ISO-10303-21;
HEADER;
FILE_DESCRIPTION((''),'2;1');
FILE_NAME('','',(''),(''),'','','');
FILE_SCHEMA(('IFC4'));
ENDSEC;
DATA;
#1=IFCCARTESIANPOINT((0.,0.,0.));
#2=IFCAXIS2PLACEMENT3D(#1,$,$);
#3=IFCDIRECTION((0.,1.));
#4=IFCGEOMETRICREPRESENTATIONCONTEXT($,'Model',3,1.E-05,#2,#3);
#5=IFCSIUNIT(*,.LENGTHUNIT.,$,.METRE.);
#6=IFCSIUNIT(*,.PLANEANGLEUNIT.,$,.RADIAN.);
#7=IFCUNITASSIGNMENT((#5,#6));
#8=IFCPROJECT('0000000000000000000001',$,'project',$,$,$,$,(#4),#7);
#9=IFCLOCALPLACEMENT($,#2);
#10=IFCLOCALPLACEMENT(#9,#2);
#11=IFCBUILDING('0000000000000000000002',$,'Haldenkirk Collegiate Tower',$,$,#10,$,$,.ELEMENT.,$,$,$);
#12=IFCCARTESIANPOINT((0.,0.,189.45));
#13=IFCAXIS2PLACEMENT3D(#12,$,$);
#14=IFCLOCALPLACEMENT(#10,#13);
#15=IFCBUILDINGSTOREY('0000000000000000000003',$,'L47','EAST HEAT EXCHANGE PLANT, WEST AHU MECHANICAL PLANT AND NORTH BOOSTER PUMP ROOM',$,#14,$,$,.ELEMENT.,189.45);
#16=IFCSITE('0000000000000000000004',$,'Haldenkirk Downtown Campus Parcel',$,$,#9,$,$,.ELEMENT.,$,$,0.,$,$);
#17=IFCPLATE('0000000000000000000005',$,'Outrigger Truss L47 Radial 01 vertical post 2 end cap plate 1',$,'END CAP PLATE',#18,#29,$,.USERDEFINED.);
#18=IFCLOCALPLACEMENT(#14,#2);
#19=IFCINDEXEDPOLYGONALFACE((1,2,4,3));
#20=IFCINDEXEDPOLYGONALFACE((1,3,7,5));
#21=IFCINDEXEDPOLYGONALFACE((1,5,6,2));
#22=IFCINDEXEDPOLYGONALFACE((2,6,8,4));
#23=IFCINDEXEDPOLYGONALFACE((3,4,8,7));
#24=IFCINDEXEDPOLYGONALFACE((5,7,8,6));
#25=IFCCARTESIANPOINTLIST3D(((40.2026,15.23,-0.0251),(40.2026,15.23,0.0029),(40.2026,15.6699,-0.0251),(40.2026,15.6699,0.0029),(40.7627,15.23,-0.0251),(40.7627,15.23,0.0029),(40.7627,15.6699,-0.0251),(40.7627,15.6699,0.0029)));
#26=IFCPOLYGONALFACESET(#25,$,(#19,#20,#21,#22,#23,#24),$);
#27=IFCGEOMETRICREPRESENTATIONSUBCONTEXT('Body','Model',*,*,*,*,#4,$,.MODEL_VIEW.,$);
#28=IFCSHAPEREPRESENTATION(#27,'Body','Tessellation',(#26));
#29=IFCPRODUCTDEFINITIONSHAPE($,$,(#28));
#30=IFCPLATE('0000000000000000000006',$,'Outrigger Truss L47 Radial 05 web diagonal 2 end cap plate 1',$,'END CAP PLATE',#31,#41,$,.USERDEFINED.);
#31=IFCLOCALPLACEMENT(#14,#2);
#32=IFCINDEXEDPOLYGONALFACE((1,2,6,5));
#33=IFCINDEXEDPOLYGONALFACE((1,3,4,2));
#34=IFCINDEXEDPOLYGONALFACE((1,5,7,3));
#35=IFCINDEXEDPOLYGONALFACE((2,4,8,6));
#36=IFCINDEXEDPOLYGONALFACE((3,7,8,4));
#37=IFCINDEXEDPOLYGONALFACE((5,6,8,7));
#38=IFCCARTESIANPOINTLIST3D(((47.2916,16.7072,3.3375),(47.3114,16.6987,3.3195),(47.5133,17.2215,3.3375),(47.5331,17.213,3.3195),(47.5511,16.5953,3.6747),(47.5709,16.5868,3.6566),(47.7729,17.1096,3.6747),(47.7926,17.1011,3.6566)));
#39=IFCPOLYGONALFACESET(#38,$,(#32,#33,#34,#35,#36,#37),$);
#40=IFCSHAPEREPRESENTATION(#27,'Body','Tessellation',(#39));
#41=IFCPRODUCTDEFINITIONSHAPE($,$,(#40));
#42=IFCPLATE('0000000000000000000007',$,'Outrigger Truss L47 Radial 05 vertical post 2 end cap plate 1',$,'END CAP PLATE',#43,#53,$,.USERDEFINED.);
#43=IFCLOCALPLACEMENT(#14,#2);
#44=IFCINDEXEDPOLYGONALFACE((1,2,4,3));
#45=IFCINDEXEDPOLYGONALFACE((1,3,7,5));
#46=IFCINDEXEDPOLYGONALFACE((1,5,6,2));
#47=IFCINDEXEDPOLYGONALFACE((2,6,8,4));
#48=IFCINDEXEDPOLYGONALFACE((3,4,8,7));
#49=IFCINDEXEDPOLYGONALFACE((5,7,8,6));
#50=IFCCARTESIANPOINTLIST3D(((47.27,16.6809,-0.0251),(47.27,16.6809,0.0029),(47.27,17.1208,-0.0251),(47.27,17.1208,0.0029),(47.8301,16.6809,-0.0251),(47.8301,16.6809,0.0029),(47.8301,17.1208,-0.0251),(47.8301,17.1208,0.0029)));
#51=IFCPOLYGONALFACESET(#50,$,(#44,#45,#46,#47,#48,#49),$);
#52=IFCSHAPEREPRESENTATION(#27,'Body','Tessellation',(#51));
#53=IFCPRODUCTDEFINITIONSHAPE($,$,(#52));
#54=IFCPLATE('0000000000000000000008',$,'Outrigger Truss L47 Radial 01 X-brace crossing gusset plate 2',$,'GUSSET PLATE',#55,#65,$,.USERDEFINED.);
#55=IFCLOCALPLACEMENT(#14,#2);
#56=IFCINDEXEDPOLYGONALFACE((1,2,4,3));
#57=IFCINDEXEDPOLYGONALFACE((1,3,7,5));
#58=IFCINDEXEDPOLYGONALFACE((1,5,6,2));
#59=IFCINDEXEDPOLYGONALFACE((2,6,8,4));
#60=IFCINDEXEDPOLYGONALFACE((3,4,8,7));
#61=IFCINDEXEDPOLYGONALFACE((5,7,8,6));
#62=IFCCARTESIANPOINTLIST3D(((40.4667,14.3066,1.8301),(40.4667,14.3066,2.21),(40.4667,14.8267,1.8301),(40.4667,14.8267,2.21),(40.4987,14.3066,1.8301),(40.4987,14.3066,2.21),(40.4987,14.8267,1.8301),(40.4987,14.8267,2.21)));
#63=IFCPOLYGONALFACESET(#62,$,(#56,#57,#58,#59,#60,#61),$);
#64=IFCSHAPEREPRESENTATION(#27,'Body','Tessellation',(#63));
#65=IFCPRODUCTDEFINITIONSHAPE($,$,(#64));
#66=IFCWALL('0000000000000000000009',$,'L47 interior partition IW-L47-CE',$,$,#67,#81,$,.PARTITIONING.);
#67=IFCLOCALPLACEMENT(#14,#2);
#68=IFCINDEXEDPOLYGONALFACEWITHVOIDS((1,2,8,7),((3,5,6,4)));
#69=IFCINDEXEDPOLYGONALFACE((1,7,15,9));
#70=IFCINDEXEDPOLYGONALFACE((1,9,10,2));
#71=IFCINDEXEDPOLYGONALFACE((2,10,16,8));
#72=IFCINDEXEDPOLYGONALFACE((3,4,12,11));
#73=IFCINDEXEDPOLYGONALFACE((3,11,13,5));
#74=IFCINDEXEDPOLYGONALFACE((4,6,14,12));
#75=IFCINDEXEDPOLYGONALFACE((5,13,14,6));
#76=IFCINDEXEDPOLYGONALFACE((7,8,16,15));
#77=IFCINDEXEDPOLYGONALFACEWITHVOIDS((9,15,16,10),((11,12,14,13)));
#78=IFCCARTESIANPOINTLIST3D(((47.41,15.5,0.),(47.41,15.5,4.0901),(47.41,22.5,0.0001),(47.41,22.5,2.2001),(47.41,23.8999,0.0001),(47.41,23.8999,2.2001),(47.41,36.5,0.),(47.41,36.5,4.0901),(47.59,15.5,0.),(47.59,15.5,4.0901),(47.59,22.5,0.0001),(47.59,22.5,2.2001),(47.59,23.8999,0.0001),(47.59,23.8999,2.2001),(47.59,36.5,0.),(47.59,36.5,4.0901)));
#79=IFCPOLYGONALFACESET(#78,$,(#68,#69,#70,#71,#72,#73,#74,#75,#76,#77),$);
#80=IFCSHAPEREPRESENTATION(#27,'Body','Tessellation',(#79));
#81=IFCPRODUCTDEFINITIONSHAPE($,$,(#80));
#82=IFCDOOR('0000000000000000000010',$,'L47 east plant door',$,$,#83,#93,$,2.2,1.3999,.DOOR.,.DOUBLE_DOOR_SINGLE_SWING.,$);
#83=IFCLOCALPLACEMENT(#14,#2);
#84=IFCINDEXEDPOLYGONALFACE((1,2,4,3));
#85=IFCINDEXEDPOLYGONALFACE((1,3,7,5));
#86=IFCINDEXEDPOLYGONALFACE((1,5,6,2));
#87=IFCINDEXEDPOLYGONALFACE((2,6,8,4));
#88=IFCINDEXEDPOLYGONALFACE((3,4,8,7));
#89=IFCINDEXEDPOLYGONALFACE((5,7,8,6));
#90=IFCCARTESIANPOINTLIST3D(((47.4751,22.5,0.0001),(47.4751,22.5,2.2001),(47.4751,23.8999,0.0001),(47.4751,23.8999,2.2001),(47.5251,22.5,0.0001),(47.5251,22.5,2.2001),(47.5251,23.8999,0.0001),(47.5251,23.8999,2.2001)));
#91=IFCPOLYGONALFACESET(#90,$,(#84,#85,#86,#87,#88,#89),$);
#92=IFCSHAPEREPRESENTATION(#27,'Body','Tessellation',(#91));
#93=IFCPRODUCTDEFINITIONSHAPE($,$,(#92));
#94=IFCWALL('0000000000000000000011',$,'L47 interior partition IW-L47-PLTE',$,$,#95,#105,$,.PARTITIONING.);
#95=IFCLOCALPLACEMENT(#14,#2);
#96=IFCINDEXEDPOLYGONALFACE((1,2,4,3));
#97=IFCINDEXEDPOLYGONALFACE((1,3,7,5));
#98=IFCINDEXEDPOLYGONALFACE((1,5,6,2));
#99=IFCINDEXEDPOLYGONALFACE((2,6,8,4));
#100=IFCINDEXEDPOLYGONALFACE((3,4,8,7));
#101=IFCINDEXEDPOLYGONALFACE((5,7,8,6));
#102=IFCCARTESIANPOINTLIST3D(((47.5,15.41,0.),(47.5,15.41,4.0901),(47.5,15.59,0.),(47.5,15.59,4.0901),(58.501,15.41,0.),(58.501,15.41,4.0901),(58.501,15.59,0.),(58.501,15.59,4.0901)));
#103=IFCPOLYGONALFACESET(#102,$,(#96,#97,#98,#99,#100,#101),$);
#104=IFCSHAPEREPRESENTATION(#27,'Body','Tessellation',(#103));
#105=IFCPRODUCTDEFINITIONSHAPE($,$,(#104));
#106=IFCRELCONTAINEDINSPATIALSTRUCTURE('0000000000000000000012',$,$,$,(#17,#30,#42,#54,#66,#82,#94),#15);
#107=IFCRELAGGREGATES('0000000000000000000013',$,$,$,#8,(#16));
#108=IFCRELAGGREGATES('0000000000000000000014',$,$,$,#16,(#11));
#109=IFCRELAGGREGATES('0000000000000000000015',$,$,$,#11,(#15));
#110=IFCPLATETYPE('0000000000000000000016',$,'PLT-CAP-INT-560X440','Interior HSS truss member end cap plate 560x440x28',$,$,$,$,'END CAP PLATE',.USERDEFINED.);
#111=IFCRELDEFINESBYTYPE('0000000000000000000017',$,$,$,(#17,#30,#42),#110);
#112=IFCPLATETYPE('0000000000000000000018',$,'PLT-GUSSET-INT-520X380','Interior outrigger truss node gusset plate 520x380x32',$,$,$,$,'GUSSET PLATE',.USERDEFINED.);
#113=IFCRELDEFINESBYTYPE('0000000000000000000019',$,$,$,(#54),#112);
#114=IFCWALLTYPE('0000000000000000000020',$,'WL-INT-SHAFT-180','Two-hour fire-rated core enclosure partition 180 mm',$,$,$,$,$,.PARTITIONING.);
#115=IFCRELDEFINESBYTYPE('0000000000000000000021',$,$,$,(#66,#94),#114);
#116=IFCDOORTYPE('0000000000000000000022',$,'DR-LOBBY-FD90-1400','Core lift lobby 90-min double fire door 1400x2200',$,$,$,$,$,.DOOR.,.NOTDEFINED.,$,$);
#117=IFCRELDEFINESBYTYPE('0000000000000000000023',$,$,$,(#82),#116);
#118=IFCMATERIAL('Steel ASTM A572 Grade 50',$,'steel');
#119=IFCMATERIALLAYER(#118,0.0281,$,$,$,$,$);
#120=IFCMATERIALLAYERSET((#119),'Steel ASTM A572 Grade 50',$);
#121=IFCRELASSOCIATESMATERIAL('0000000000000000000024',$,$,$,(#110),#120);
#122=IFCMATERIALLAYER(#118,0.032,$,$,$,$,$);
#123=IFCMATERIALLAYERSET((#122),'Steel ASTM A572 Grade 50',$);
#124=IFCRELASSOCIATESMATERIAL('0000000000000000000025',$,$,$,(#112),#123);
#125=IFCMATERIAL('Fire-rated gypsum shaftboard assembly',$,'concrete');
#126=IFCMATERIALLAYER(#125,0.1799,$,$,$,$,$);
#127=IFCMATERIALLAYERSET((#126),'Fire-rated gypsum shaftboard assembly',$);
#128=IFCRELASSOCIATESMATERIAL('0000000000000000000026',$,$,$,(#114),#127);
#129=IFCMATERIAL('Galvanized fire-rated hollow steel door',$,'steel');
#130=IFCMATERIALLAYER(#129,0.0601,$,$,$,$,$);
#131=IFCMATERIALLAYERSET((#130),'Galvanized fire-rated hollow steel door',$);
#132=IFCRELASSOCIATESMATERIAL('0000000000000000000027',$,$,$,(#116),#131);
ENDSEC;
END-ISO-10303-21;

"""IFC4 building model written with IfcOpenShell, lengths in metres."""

from ifc_helpers import new_model, si_unit, direction, frame, frame_2d, origin, origin_2d, place, context, subcontext, project, spatial, rectangle, extrude, source, transform, mapped, material, layer, layer_set, type_object, element, fill, save


model = new_model("IFC4")

# Units and contexts
model_context = context("Model", 3, precision=1e-05, world=origin(), true_north=direction((0.0, 1.0)))
body_context = subcontext(model_context, "Body", "Model", "MODEL_VIEW")
ifc_project = project(units=[si_unit("LENGTHUNIT", "METRE"), si_unit("PLANEANGLEUNIT", "RADIAN")], contexts=[model_context])

# Site, building, storey
site_placement = place(None, origin())
site = spatial("IfcSite", under=ifc_project, at=site_placement, Name="Haldenkirk Downtown Campus Parcel", CompositionType="ELEMENT", RefElevation=0.0)
building_placement = place(site_placement, origin())
building = spatial("IfcBuilding", under=site, at=building_placement, Name="Haldenkirk Collegiate Tower", CompositionType="ELEMENT")
storey_placement = place(building_placement, frame((0.0, 0.0, 189.45)))
storey = spatial("IfcBuildingStorey", under=building, at=storey_placement, Name="L47", Description="EAST HEAT EXCHANGE PLANT, WEST AHU MECHANICAL PLANT AND NORTH BOOSTER PUMP ROOM", CompositionType="ELEMENT", Elevation=189.45)

# Shared definitions
ifc_material_1 = material(Name="Steel ASTM A572 Grade 50", Category="steel")

# Plates
ifc_layer_1 = layer(ifc_material_1, 0.0281)
ifc_layer_set_1 = layer_set([ifc_layer_1], Name="Steel ASTM A572 Grade 50")
plate_type_1 = type_object("IfcPlateType", Name="PLT-CAP-INT-560X440", Description="Interior HSS truss member end cap plate 560x440x28", ElementType="END CAP PLATE", PredefinedType="USERDEFINED", material=ifc_layer_set_1)
shared_shape_1 = source(origin(), body_context, "Body", "SweptSolid", [
    extrude(rectangle(XDim=0.5601, YDim=0.4399, at=origin_2d()), origin(), (0.0, 0.0, 1.0), 0.0281),
])
for number, where, z_axis, x_axis, name in (
    (1, (40.4827, 15.45, 0.0029), (0.0, 0.0, -1.0), (1.0, 0.0, 0.0), "Outrigger Truss L47 Radial 01 vertical post 2 end cap plate 1"),
    (2, (47.552, 16.8999, 3.488), (-0.703757, 0.303392, 0.642401), (-0.395883, -0.918301, 0.0), "Outrigger Truss L47 Radial 05 web diagonal 2 end cap plate 1"),
    (3, (47.55, 16.9009, 0.0029), (0.0, 0.0, -1.0), (1.0, 0.0, 0.0), "Outrigger Truss L47 Radial 05 vertical post 2 end cap plate 1"),
):
    element("IfcPlate", number, at=place(storey_placement, frame(where, z_axis=z_axis, x_axis=x_axis)), inside=storey, type_object=plate_type_1, Name=name, ObjectType="END CAP PLATE", PredefinedType="USERDEFINED", context=body_context, shape_type="MappedRepresentation", body=[
        mapped(shared_shape_1, transform((0.0, 0.0, 0.0), x_axis=(1.0, 0.0, 0.0), y_axis=(0.0, 1.0, 0.0), z_axis=(0.0, 0.0, 1.0), scale=1.0)),
    ])
ifc_layer_2 = layer(ifc_material_1, 0.032)
ifc_layer_set_2 = layer_set([ifc_layer_2], Name="Steel ASTM A572 Grade 50")
plate_type_2 = type_object("IfcPlateType", Name="PLT-GUSSET-INT-520X380", Description="Interior outrigger truss node gusset plate 520x380x32", ElementType="GUSSET PLATE", PredefinedType="USERDEFINED", material=ifc_layer_set_2)
shared_shape_2 = source(origin(), body_context, "Body", "SweptSolid", [
    extrude(rectangle(XDim=0.52, YDim=0.032, at=origin_2d()), origin(), (0.0, 0.0, 1.0), 0.3799),
])
plate_placement = place(storey_placement, frame((40.4827, 14.5667, 1.8301), z_axis=(0.0, 0.0, 1.0), x_axis=(0.0, -1.0, 0.0)))
element("IfcPlate", 4, at=plate_placement, inside=storey, type_object=plate_type_2, Name="Outrigger Truss L47 Radial 01 X-brace crossing gusset plate 2", ObjectType="GUSSET PLATE", PredefinedType="USERDEFINED", context=body_context, shape_type="MappedRepresentation", body=[
    mapped(shared_shape_2, transform((0.0, 0.0, 0.0), x_axis=(1.0, 0.0, 0.0), y_axis=(0.0, 1.0, 0.0), z_axis=(0.0, 0.0, 1.0), scale=1.0)),
])

# Wall, opening, door
ifc_material_2 = material(Name="Fire-rated gypsum shaftboard assembly", Category="concrete")
ifc_layer_3 = layer(ifc_material_2, 0.1799)
ifc_layer_set_3 = layer_set([ifc_layer_3], Name="Fire-rated gypsum shaftboard assembly")
wall_type = type_object("IfcWallType", Name="WL-INT-SHAFT-180", Description="Two-hour fire-rated core enclosure partition 180 mm", PredefinedType="PARTITIONING", material=ifc_layer_set_3)
wall_1_placement = place(storey_placement, frame((47.5, 15.5, 0.0), z_axis=(0.0, 0.0, 1.0), x_axis=(0.0, 1.0, 0.0)))
wall_1 = element("IfcWall", 5, at=wall_1_placement, inside=storey, type_object=wall_type, Name="L47 interior partition IW-L47-CE", PredefinedType="PARTITIONING", context=body_context, shape_type="SweptSolid", body=[
    extrude(rectangle(XDim=21.0, YDim=0.1799, at=frame_2d((10.5, 0.0))), origin(), (0.0, 0.0, 1.0), 4.0901),
])
opening_placement = place(wall_1_placement, frame((7.0, 0.0, 0.0)))
opening = element("IfcOpeningElement", 6, at=opening_placement, cuts=wall_1, PredefinedType="OPENING", context=body_context, shape_type="SweptSolid", body=[
    extrude(rectangle(XDim=1.3999, YDim=2.2, at=frame_2d((0.7, 1.1001))), frame((0.0, 0.0999, 0.0), z_axis=(0.0, -1.0, 0.0), x_axis=(1.0, 0.0, 0.0)), (0.0, 0.0, 1.0), 0.2),
])
ifc_material_3 = material(Name="Galvanized fire-rated hollow steel door", Category="steel")
ifc_layer_4 = layer(ifc_material_3, 0.0601)
ifc_layer_set_4 = layer_set([ifc_layer_4], Name="Galvanized fire-rated hollow steel door")
door_type = type_object("IfcDoorType", Name="DR-LOBBY-FD90-1400", Description="Core lift lobby 90-min double fire door 1400x2200", OperationType="NOTDEFINED", PredefinedType="DOOR", material=ifc_layer_set_4)
door_placement = place(opening_placement, origin())
door = element("IfcDoor", 7, at=door_placement, inside=storey, type_object=door_type, Name="L47 east plant door", OperationType="DOUBLE_DOOR_SINGLE_SWING", OverallHeight=2.2, OverallWidth=1.3999, PredefinedType="DOOR", context=body_context, shape_type="SweptSolid", body=[
    extrude(rectangle(XDim=1.3999, YDim=2.2, at=frame_2d((0.7, 1.1001))), frame((0.0, 0.0249, 0.0), z_axis=(0.0, -1.0, 0.0), x_axis=(1.0, 0.0, 0.0)), (0.0, 0.0, 1.0), 0.05),
])
fill(opening, door)

# Wall
wall_2_placement = place(storey_placement, frame((47.5, 15.5, 0.0), z_axis=(0.0, 0.0, 1.0), x_axis=(1.0, 0.0, 0.0)))
element("IfcWall", 8, at=wall_2_placement, inside=storey, type_object=wall_type, Name="L47 interior partition IW-L47-PLTE", PredefinedType="PARTITIONING", context=body_context, shape_type="SweptSolid", body=[
    extrude(rectangle(XDim=11.001, YDim=0.1799, at=frame_2d((5.5005, 0.0))), origin(), (0.0, 0.0, 1.0), 4.0901),
])

save(model, "model.ifc")
